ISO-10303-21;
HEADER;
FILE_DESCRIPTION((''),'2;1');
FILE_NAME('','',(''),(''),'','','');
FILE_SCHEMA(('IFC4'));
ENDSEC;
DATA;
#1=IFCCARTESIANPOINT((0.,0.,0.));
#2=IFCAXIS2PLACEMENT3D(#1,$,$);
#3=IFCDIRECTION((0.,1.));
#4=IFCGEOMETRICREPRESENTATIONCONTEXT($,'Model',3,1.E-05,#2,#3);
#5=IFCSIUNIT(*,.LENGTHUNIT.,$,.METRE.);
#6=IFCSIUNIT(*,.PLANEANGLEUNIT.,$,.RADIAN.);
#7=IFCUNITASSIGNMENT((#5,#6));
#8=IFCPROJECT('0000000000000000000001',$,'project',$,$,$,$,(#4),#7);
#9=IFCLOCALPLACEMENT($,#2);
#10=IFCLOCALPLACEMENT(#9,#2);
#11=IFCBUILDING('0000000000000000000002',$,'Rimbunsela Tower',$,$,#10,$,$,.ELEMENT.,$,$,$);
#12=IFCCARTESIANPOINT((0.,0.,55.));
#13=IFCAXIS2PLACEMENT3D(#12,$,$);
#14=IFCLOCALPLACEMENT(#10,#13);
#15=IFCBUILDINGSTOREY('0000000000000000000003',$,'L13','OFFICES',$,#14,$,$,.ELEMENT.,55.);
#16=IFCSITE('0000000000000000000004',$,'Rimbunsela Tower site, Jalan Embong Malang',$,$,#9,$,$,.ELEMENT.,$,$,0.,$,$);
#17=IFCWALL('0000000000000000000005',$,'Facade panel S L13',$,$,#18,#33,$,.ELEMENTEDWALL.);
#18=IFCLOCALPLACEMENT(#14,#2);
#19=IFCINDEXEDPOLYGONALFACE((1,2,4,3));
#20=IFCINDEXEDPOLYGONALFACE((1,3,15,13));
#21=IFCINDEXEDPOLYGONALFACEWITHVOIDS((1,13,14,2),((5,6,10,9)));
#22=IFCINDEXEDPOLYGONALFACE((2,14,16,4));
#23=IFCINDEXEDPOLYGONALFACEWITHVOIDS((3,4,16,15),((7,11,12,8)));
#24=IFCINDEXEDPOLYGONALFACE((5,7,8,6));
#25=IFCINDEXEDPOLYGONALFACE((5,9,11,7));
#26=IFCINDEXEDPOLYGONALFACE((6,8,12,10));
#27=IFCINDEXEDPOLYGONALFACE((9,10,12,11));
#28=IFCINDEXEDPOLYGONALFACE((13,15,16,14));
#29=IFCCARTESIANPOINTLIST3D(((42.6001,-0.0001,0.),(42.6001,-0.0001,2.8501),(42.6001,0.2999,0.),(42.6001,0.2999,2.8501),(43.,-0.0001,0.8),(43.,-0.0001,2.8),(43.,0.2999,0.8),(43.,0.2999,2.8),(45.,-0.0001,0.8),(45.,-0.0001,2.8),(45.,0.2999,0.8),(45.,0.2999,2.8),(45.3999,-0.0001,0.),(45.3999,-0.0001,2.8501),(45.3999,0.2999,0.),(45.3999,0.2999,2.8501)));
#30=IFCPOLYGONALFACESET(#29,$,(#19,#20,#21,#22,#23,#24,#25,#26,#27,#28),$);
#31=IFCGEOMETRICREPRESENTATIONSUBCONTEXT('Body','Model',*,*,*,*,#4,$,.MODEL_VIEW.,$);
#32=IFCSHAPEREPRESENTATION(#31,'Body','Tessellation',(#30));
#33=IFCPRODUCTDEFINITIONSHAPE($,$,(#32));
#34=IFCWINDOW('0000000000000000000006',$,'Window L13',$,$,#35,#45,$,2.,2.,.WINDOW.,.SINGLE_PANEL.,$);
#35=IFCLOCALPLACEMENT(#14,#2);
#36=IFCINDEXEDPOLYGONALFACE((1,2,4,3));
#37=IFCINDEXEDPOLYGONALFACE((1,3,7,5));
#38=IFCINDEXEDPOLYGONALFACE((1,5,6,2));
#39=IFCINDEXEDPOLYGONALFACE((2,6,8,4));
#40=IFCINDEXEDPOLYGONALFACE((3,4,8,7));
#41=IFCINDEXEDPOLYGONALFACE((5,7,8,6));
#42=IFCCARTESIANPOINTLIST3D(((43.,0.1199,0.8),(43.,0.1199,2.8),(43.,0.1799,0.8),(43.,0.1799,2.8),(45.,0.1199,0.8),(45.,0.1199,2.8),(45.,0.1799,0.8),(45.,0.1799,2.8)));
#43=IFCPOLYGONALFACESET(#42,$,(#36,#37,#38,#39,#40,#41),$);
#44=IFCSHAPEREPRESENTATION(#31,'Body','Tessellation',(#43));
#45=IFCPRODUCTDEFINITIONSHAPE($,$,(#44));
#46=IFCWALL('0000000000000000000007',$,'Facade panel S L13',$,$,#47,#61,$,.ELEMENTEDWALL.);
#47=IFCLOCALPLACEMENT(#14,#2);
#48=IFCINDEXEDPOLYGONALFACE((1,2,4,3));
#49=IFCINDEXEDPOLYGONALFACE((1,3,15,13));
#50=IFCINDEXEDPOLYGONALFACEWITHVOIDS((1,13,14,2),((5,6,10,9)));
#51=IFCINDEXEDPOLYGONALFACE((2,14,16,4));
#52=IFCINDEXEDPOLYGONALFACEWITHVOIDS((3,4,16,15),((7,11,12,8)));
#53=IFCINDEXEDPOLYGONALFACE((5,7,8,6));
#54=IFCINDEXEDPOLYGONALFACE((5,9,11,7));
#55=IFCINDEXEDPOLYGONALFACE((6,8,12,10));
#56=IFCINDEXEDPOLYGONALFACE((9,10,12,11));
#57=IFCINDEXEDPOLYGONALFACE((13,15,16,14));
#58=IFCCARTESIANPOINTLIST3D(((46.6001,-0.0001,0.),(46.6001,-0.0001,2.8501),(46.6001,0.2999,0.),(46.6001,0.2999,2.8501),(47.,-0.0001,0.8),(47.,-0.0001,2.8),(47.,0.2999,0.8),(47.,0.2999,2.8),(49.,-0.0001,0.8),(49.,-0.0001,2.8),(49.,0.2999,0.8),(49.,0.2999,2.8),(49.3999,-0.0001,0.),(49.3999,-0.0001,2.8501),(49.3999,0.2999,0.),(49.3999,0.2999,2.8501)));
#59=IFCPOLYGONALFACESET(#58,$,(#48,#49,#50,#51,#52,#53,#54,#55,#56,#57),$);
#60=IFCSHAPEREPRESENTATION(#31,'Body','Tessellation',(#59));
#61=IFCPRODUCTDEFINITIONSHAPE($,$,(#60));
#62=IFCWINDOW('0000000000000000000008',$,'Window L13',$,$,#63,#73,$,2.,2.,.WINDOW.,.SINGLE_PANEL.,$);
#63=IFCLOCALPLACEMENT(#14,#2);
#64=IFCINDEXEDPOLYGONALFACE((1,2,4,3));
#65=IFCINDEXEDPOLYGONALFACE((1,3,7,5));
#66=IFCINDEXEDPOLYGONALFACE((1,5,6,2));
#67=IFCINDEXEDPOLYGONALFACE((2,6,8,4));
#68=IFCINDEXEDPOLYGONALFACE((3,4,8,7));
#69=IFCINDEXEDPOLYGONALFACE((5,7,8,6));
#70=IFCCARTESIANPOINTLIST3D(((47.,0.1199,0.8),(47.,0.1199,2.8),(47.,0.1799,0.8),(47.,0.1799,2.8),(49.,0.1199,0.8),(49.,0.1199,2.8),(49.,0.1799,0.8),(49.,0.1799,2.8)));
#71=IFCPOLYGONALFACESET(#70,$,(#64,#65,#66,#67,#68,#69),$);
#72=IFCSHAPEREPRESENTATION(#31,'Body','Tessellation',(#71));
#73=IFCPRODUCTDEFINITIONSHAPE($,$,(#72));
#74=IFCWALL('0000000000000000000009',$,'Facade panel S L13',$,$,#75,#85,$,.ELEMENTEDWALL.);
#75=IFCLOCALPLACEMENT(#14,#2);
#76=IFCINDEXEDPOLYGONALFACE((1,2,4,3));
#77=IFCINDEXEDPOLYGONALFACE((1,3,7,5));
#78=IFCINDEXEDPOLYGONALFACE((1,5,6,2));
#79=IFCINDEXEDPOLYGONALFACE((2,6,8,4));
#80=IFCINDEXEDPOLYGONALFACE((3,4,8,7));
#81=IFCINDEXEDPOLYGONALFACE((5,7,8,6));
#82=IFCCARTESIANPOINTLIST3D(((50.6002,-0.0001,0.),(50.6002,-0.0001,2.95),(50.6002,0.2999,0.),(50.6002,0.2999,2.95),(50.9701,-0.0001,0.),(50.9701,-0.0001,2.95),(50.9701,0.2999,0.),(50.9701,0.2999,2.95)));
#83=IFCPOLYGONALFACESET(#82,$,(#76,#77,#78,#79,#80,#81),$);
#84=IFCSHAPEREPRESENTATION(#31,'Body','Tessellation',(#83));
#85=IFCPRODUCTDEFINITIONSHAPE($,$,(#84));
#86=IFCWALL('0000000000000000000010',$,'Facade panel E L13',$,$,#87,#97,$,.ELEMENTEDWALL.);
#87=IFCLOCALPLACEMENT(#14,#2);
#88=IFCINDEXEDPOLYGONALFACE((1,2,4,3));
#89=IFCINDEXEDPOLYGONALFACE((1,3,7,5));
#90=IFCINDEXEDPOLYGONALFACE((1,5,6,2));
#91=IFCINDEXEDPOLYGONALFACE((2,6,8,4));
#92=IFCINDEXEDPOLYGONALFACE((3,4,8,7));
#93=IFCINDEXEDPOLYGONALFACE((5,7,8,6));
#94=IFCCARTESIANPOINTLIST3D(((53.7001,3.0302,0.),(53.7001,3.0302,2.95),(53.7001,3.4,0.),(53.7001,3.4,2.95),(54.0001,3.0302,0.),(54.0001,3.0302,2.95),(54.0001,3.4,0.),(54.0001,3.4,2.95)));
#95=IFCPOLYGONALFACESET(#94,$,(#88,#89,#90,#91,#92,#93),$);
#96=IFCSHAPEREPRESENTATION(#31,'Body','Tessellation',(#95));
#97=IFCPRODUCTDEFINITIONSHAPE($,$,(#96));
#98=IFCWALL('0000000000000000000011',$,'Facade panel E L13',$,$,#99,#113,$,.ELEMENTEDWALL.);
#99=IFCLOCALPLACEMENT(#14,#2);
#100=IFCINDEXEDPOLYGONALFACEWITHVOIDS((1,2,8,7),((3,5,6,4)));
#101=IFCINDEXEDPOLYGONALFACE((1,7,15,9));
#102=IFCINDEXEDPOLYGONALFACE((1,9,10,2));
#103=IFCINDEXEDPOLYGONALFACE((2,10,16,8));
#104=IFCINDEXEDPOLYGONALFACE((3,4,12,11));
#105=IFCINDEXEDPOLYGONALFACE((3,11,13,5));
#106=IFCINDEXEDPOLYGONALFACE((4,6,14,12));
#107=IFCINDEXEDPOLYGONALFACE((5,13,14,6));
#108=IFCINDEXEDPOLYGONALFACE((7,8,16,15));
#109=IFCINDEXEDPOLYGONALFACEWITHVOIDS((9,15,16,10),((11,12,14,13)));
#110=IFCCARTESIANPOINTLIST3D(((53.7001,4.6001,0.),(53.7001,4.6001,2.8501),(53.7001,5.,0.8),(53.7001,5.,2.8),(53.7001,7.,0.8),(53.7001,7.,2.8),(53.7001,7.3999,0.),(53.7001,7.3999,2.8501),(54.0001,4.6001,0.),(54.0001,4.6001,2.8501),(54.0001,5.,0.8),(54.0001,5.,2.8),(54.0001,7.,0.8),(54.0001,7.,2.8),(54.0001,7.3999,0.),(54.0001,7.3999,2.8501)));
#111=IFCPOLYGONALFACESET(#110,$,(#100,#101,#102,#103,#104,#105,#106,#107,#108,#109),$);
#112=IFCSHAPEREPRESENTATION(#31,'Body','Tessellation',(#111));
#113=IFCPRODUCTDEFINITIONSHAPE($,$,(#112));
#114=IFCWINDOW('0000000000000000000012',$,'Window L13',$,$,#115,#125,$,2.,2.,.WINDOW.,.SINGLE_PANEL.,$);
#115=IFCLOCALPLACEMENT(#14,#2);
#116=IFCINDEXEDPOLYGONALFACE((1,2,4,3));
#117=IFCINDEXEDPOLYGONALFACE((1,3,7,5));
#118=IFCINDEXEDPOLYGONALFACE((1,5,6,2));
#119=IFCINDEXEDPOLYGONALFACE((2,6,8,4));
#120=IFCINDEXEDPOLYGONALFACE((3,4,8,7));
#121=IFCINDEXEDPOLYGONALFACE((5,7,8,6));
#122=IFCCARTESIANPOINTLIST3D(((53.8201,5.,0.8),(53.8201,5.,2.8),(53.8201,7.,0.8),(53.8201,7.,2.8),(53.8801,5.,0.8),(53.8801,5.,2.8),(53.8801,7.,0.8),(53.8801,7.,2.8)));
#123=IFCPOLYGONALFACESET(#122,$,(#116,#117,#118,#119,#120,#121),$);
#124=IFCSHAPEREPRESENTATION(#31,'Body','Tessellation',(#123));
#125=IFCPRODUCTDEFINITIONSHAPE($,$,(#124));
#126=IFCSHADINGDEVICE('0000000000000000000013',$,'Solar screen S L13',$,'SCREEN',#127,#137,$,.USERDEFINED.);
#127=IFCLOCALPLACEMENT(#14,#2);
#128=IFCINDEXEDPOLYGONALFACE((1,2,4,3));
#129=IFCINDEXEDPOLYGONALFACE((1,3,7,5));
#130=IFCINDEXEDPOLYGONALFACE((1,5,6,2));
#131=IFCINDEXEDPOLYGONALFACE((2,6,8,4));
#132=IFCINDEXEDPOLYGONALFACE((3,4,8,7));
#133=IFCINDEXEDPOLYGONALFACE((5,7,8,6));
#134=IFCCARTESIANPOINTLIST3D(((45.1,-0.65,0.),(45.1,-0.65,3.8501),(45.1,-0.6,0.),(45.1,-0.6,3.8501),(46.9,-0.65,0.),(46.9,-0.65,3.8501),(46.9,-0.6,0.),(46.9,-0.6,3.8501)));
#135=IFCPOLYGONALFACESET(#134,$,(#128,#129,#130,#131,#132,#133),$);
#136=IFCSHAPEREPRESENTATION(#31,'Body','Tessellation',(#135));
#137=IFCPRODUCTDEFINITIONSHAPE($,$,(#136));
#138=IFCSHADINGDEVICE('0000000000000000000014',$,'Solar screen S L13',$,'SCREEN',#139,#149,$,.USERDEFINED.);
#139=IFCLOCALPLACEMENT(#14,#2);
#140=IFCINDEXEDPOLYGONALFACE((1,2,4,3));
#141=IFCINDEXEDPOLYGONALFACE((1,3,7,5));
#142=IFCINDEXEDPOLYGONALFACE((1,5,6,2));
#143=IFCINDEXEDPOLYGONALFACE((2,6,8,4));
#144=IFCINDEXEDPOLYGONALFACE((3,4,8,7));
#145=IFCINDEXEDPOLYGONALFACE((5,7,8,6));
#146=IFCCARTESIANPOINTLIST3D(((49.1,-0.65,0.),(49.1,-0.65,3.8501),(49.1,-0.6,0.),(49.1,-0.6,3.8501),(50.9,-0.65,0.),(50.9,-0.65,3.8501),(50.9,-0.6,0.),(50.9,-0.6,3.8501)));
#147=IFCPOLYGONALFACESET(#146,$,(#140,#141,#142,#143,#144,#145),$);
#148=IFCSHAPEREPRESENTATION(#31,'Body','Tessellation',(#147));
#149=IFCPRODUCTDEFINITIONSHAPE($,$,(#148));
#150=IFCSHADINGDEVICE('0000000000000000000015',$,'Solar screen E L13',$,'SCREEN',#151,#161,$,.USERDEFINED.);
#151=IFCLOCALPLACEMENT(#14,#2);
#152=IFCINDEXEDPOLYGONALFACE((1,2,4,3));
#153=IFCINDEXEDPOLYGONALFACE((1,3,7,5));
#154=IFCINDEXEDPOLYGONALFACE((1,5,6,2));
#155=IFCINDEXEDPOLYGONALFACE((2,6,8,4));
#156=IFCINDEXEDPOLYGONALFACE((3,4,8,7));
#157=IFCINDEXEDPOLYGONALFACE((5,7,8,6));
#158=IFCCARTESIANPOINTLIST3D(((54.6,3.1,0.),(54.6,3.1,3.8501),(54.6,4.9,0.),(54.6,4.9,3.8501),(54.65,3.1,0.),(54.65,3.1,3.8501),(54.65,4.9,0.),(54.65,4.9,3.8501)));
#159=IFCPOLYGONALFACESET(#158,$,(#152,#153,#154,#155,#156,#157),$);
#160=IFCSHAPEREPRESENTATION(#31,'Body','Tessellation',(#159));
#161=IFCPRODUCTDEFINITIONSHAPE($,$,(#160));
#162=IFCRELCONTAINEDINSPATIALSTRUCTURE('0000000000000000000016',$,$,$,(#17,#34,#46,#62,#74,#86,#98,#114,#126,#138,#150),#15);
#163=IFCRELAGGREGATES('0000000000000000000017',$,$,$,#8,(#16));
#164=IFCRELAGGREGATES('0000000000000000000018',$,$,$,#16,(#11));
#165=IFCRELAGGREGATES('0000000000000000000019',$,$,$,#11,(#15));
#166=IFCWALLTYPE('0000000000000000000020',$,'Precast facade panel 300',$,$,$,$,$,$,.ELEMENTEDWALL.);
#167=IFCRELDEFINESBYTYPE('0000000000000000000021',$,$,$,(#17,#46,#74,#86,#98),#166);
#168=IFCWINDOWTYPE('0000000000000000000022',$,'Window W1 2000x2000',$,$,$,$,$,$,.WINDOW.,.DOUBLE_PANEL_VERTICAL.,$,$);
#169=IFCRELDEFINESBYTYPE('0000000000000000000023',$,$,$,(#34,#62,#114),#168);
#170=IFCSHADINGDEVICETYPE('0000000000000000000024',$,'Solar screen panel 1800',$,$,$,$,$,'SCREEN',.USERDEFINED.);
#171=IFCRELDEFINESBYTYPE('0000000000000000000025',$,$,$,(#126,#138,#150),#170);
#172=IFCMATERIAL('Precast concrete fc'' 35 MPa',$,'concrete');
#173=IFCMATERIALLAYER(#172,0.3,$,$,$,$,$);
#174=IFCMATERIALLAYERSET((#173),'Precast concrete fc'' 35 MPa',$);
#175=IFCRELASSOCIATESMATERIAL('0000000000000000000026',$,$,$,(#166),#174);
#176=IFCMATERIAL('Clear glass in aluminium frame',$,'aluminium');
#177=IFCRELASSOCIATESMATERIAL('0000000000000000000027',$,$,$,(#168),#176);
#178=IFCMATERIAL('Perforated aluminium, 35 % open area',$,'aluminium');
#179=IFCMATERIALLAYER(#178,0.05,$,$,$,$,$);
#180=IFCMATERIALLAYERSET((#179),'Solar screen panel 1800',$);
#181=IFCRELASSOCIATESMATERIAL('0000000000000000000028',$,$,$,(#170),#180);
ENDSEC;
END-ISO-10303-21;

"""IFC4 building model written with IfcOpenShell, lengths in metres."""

from ifc_helpers import new_model, si_unit, direction, frame, frame_2d, origin, origin_2d, place, context, subcontext, project, spatial, rectangle, extrude, material, layer, layer_set, type_object, element, fill, save


model = new_model("IFC4")

# Units and contexts
model_context = context("Model", 3, precision=1e-05, world=origin(), true_north=direction((0.0, 1.0)))
body_context = subcontext(model_context, "Body", "Model", "MODEL_VIEW")
ifc_project = project(units=[si_unit("LENGTHUNIT", "METRE"), si_unit("PLANEANGLEUNIT", "RADIAN")], contexts=[model_context])

# Site, building, storey
site_placement = place(None, origin())
site = spatial("IfcSite", under=ifc_project, at=site_placement, Name="Rimbunsela Tower site, Jalan Embong Malang", CompositionType="ELEMENT", RefElevation=0.0)
building_placement = place(site_placement, origin())
building = spatial("IfcBuilding", under=site, at=building_placement, Name="Rimbunsela Tower", CompositionType="ELEMENT")
storey_placement = place(building_placement, frame((0.0, 0.0, 55.0)))
storey = spatial("IfcBuildingStorey", under=building, at=storey_placement, Name="L13", Description="OFFICES", CompositionType="ELEMENT", Elevation=55.0)

# Walls, openings, windows
ifc_material_1 = material(Name="Precast concrete fc' 35 MPa", Category="concrete")
ifc_layer_1 = layer(ifc_material_1, 0.3)
ifc_layer_set_1 = layer_set([ifc_layer_1], Name="Precast concrete fc' 35 MPa")
wall_type = type_object("IfcWallType", Name="Precast facade panel 300", PredefinedType="ELEMENTEDWALL", material=ifc_layer_set_1)
wall_1_placement = place(storey_placement, frame((42.6001, 0.1499, 0.0), z_axis=(0.0, 0.0, 1.0), x_axis=(1.0, 0.0, 0.0)))
wall_1 = element("IfcWall", 1, at=wall_1_placement, inside=storey, type_object=wall_type, Name="Facade panel S L13", PredefinedType="ELEMENTEDWALL", context=body_context, shape_type="SweptSolid", body=[
    extrude(rectangle(XDim=2.7998, YDim=0.3, at=frame_2d((1.3999, 0.0))), origin(), (0.0, 0.0, 1.0), 2.8501),
])
opening_1_placement = place(wall_1_placement, frame((0.3999, 0.0, 0.8)))
opening_1 = element("IfcOpeningElement", 2, at=opening_1_placement, cuts=wall_1, PredefinedType="OPENING", context=body_context, shape_type="SweptSolid", body=[
    extrude(rectangle(XDim=2.0, YDim=2.0, at=frame_2d((1.0, 1.0))), frame((0.0, 0.1599, 0.0), z_axis=(0.0, -1.0, 0.0), x_axis=(1.0, 0.0, 0.0)), (0.0, 0.0, 1.0), 0.3201),
])
ifc_material_2 = material(Name="Clear glass in aluminium frame", Category="aluminium")
window_type = type_object("IfcWindowType", Name="Window W1 2000x2000", PartitioningType="DOUBLE_PANEL_VERTICAL", PredefinedType="WINDOW", material=ifc_material_2)
window_1_placement = place(opening_1_placement, origin())
window_1 = element("IfcWindow", 3, at=window_1_placement, inside=storey, type_object=window_type, Name="Window L13", OverallHeight=2.0, OverallWidth=2.0, PartitioningType="SINGLE_PANEL", PredefinedType="WINDOW", context=body_context, shape_type="SweptSolid", body=[
    extrude(rectangle(XDim=2.0, YDim=2.0, at=frame_2d((1.0, 1.0))), frame((0.0, 0.03, 0.0), z_axis=(0.0, -1.0, 0.0), x_axis=(1.0, 0.0, 0.0)), (0.0, 0.0, 1.0), 0.0601),
])
fill(opening_1, window_1)
wall_2_placement = place(storey_placement, frame((46.6001, 0.1499, 0.0), z_axis=(0.0, 0.0, 1.0), x_axis=(1.0, 0.0, 0.0)))
wall_2 = element("IfcWall", 4, at=wall_2_placement, inside=storey, type_object=wall_type, Name="Facade panel S L13", PredefinedType="ELEMENTEDWALL", context=body_context, shape_type="SweptSolid", body=[
    extrude(rectangle(XDim=2.7998, YDim=0.3, at=frame_2d((1.3999, 0.0))), origin(), (0.0, 0.0, 1.0), 2.8501),
])
opening_2_placement = place(wall_2_placement, frame((0.3999, 0.0, 0.8)))
opening_2 = element("IfcOpeningElement", 5, at=opening_2_placement, cuts=wall_2, PredefinedType="OPENING", context=body_context, shape_type="SweptSolid", body=[
    extrude(rectangle(XDim=2.0, YDim=2.0, at=frame_2d((1.0, 1.0))), frame((0.0, 0.1599, 0.0), z_axis=(0.0, -1.0, 0.0), x_axis=(1.0, 0.0, 0.0)), (0.0, 0.0, 1.0), 0.3201),
])
window_2_placement = place(opening_2_placement, origin())
window_2 = element("IfcWindow", 6, at=window_2_placement, inside=storey, type_object=window_type, Name="Window L13", OverallHeight=2.0, OverallWidth=2.0, PartitioningType="SINGLE_PANEL", PredefinedType="WINDOW", context=body_context, shape_type="SweptSolid", body=[
    extrude(rectangle(XDim=2.0, YDim=2.0, at=frame_2d((1.0, 1.0))), frame((0.0, 0.03, 0.0), z_axis=(0.0, -1.0, 0.0), x_axis=(1.0, 0.0, 0.0)), (0.0, 0.0, 1.0), 0.0601),
])
fill(opening_2, window_2)

# Walls
for number, where, z_axis, x_axis, name in (
    (7, (50.6001, 0.1499, 0.0), (0.0, 0.0, 1.0), (1.0, 0.0, 0.0), "Facade panel S L13"),
    (8, (53.8501, 3.03, 0.0), (0.0, 0.0, 1.0), (0.0, 1.0, 0.0), "Facade panel E L13"),
):
    element("IfcWall", number, at=place(storey_placement, frame(where, z_axis=z_axis, x_axis=x_axis)), inside=storey, type_object=wall_type, Name=name, PredefinedType="ELEMENTEDWALL", context=body_context, shape_type="SweptSolid", body=[
        extrude(rectangle(XDim=0.3699, YDim=0.3, at=frame_2d((0.1851, 0.0))), origin(), (0.0, 0.0, 1.0), 2.95),
    ])

# Wall, opening, window
wall_3_placement = place(storey_placement, frame((53.8501, 4.6001, 0.0), z_axis=(0.0, 0.0, 1.0), x_axis=(0.0, 1.0, 0.0)))
wall_3 = element("IfcWall", 9, at=wall_3_placement, inside=storey, type_object=wall_type, Name="Facade panel E L13", PredefinedType="ELEMENTEDWALL", context=body_context, shape_type="SweptSolid", body=[
    extrude(rectangle(XDim=2.7998, YDim=0.3, at=frame_2d((1.3999, 0.0))), origin(), (0.0, 0.0, 1.0), 2.8501),
])
opening_3_placement = place(wall_3_placement, frame((0.3999, 0.0, 0.8)))
opening_3 = element("IfcOpeningElement", 10, at=opening_3_placement, cuts=wall_3, PredefinedType="OPENING", context=body_context, shape_type="SweptSolid", body=[
    extrude(rectangle(XDim=2.0, YDim=2.0, at=frame_2d((1.0, 1.0))), frame((0.0, 0.1599, 0.0), z_axis=(0.0, -1.0, 0.0), x_axis=(1.0, 0.0, 0.0)), (0.0, 0.0, 1.0), 0.3201),
])
window_3_placement = place(opening_3_placement, origin())
window_3 = element("IfcWindow", 11, at=window_3_placement, inside=storey, type_object=window_type, Name="Window L13", OverallHeight=2.0, OverallWidth=2.0, PartitioningType="SINGLE_PANEL", PredefinedType="WINDOW", context=body_context, shape_type="SweptSolid", body=[
    extrude(rectangle(XDim=2.0, YDim=2.0, at=frame_2d((1.0, 1.0))), frame((0.0, 0.03, 0.0), z_axis=(0.0, -1.0, 0.0), x_axis=(1.0, 0.0, 0.0)), (0.0, 0.0, 1.0), 0.0601),
])
fill(opening_3, window_3)

# Shading devices
ifc_material_3 = material(Name="Perforated aluminium, 35 % open area", Category="aluminium")
ifc_layer_2 = layer(ifc_material_3, 0.05)
ifc_layer_set_2 = layer_set([ifc_layer_2], Name="Solar screen panel 1800")
shading_device_type = type_object("IfcShadingDeviceType", Name="Solar screen panel 1800", ElementType="SCREEN", PredefinedType="USERDEFINED", material=ifc_layer_set_2)
for number, where, z_axis, x_axis, name in (
    (12, (46.0, -0.625, 0.0), (0.0, 0.0, 1.0), (1.0, 0.0, 0.0), "Solar screen S L13"),
    (13, (50.0, -0.625, 0.0), (0.0, 0.0, 1.0), (1.0, 0.0, 0.0), "Solar screen S L13"),
    (14, (54.625, 4.0, 0.0), (0.0, 0.0, 1.0), (0.0, 1.0, 0.0), "Solar screen E L13"),
):
    element("IfcShadingDevice", number, at=place(storey_placement, frame(where, z_axis=z_axis, x_axis=x_axis)), inside=storey, type_object=shading_device_type, Name=name, ObjectType="SCREEN", PredefinedType="USERDEFINED", context=body_context, shape_type="SweptSolid", body=[
        extrude(rectangle(XDim=1.8, YDim=0.05, at=origin_2d()), origin(), (0.0, 0.0, 1.0), 3.8501),
    ])

save(model, "model.ifc")
